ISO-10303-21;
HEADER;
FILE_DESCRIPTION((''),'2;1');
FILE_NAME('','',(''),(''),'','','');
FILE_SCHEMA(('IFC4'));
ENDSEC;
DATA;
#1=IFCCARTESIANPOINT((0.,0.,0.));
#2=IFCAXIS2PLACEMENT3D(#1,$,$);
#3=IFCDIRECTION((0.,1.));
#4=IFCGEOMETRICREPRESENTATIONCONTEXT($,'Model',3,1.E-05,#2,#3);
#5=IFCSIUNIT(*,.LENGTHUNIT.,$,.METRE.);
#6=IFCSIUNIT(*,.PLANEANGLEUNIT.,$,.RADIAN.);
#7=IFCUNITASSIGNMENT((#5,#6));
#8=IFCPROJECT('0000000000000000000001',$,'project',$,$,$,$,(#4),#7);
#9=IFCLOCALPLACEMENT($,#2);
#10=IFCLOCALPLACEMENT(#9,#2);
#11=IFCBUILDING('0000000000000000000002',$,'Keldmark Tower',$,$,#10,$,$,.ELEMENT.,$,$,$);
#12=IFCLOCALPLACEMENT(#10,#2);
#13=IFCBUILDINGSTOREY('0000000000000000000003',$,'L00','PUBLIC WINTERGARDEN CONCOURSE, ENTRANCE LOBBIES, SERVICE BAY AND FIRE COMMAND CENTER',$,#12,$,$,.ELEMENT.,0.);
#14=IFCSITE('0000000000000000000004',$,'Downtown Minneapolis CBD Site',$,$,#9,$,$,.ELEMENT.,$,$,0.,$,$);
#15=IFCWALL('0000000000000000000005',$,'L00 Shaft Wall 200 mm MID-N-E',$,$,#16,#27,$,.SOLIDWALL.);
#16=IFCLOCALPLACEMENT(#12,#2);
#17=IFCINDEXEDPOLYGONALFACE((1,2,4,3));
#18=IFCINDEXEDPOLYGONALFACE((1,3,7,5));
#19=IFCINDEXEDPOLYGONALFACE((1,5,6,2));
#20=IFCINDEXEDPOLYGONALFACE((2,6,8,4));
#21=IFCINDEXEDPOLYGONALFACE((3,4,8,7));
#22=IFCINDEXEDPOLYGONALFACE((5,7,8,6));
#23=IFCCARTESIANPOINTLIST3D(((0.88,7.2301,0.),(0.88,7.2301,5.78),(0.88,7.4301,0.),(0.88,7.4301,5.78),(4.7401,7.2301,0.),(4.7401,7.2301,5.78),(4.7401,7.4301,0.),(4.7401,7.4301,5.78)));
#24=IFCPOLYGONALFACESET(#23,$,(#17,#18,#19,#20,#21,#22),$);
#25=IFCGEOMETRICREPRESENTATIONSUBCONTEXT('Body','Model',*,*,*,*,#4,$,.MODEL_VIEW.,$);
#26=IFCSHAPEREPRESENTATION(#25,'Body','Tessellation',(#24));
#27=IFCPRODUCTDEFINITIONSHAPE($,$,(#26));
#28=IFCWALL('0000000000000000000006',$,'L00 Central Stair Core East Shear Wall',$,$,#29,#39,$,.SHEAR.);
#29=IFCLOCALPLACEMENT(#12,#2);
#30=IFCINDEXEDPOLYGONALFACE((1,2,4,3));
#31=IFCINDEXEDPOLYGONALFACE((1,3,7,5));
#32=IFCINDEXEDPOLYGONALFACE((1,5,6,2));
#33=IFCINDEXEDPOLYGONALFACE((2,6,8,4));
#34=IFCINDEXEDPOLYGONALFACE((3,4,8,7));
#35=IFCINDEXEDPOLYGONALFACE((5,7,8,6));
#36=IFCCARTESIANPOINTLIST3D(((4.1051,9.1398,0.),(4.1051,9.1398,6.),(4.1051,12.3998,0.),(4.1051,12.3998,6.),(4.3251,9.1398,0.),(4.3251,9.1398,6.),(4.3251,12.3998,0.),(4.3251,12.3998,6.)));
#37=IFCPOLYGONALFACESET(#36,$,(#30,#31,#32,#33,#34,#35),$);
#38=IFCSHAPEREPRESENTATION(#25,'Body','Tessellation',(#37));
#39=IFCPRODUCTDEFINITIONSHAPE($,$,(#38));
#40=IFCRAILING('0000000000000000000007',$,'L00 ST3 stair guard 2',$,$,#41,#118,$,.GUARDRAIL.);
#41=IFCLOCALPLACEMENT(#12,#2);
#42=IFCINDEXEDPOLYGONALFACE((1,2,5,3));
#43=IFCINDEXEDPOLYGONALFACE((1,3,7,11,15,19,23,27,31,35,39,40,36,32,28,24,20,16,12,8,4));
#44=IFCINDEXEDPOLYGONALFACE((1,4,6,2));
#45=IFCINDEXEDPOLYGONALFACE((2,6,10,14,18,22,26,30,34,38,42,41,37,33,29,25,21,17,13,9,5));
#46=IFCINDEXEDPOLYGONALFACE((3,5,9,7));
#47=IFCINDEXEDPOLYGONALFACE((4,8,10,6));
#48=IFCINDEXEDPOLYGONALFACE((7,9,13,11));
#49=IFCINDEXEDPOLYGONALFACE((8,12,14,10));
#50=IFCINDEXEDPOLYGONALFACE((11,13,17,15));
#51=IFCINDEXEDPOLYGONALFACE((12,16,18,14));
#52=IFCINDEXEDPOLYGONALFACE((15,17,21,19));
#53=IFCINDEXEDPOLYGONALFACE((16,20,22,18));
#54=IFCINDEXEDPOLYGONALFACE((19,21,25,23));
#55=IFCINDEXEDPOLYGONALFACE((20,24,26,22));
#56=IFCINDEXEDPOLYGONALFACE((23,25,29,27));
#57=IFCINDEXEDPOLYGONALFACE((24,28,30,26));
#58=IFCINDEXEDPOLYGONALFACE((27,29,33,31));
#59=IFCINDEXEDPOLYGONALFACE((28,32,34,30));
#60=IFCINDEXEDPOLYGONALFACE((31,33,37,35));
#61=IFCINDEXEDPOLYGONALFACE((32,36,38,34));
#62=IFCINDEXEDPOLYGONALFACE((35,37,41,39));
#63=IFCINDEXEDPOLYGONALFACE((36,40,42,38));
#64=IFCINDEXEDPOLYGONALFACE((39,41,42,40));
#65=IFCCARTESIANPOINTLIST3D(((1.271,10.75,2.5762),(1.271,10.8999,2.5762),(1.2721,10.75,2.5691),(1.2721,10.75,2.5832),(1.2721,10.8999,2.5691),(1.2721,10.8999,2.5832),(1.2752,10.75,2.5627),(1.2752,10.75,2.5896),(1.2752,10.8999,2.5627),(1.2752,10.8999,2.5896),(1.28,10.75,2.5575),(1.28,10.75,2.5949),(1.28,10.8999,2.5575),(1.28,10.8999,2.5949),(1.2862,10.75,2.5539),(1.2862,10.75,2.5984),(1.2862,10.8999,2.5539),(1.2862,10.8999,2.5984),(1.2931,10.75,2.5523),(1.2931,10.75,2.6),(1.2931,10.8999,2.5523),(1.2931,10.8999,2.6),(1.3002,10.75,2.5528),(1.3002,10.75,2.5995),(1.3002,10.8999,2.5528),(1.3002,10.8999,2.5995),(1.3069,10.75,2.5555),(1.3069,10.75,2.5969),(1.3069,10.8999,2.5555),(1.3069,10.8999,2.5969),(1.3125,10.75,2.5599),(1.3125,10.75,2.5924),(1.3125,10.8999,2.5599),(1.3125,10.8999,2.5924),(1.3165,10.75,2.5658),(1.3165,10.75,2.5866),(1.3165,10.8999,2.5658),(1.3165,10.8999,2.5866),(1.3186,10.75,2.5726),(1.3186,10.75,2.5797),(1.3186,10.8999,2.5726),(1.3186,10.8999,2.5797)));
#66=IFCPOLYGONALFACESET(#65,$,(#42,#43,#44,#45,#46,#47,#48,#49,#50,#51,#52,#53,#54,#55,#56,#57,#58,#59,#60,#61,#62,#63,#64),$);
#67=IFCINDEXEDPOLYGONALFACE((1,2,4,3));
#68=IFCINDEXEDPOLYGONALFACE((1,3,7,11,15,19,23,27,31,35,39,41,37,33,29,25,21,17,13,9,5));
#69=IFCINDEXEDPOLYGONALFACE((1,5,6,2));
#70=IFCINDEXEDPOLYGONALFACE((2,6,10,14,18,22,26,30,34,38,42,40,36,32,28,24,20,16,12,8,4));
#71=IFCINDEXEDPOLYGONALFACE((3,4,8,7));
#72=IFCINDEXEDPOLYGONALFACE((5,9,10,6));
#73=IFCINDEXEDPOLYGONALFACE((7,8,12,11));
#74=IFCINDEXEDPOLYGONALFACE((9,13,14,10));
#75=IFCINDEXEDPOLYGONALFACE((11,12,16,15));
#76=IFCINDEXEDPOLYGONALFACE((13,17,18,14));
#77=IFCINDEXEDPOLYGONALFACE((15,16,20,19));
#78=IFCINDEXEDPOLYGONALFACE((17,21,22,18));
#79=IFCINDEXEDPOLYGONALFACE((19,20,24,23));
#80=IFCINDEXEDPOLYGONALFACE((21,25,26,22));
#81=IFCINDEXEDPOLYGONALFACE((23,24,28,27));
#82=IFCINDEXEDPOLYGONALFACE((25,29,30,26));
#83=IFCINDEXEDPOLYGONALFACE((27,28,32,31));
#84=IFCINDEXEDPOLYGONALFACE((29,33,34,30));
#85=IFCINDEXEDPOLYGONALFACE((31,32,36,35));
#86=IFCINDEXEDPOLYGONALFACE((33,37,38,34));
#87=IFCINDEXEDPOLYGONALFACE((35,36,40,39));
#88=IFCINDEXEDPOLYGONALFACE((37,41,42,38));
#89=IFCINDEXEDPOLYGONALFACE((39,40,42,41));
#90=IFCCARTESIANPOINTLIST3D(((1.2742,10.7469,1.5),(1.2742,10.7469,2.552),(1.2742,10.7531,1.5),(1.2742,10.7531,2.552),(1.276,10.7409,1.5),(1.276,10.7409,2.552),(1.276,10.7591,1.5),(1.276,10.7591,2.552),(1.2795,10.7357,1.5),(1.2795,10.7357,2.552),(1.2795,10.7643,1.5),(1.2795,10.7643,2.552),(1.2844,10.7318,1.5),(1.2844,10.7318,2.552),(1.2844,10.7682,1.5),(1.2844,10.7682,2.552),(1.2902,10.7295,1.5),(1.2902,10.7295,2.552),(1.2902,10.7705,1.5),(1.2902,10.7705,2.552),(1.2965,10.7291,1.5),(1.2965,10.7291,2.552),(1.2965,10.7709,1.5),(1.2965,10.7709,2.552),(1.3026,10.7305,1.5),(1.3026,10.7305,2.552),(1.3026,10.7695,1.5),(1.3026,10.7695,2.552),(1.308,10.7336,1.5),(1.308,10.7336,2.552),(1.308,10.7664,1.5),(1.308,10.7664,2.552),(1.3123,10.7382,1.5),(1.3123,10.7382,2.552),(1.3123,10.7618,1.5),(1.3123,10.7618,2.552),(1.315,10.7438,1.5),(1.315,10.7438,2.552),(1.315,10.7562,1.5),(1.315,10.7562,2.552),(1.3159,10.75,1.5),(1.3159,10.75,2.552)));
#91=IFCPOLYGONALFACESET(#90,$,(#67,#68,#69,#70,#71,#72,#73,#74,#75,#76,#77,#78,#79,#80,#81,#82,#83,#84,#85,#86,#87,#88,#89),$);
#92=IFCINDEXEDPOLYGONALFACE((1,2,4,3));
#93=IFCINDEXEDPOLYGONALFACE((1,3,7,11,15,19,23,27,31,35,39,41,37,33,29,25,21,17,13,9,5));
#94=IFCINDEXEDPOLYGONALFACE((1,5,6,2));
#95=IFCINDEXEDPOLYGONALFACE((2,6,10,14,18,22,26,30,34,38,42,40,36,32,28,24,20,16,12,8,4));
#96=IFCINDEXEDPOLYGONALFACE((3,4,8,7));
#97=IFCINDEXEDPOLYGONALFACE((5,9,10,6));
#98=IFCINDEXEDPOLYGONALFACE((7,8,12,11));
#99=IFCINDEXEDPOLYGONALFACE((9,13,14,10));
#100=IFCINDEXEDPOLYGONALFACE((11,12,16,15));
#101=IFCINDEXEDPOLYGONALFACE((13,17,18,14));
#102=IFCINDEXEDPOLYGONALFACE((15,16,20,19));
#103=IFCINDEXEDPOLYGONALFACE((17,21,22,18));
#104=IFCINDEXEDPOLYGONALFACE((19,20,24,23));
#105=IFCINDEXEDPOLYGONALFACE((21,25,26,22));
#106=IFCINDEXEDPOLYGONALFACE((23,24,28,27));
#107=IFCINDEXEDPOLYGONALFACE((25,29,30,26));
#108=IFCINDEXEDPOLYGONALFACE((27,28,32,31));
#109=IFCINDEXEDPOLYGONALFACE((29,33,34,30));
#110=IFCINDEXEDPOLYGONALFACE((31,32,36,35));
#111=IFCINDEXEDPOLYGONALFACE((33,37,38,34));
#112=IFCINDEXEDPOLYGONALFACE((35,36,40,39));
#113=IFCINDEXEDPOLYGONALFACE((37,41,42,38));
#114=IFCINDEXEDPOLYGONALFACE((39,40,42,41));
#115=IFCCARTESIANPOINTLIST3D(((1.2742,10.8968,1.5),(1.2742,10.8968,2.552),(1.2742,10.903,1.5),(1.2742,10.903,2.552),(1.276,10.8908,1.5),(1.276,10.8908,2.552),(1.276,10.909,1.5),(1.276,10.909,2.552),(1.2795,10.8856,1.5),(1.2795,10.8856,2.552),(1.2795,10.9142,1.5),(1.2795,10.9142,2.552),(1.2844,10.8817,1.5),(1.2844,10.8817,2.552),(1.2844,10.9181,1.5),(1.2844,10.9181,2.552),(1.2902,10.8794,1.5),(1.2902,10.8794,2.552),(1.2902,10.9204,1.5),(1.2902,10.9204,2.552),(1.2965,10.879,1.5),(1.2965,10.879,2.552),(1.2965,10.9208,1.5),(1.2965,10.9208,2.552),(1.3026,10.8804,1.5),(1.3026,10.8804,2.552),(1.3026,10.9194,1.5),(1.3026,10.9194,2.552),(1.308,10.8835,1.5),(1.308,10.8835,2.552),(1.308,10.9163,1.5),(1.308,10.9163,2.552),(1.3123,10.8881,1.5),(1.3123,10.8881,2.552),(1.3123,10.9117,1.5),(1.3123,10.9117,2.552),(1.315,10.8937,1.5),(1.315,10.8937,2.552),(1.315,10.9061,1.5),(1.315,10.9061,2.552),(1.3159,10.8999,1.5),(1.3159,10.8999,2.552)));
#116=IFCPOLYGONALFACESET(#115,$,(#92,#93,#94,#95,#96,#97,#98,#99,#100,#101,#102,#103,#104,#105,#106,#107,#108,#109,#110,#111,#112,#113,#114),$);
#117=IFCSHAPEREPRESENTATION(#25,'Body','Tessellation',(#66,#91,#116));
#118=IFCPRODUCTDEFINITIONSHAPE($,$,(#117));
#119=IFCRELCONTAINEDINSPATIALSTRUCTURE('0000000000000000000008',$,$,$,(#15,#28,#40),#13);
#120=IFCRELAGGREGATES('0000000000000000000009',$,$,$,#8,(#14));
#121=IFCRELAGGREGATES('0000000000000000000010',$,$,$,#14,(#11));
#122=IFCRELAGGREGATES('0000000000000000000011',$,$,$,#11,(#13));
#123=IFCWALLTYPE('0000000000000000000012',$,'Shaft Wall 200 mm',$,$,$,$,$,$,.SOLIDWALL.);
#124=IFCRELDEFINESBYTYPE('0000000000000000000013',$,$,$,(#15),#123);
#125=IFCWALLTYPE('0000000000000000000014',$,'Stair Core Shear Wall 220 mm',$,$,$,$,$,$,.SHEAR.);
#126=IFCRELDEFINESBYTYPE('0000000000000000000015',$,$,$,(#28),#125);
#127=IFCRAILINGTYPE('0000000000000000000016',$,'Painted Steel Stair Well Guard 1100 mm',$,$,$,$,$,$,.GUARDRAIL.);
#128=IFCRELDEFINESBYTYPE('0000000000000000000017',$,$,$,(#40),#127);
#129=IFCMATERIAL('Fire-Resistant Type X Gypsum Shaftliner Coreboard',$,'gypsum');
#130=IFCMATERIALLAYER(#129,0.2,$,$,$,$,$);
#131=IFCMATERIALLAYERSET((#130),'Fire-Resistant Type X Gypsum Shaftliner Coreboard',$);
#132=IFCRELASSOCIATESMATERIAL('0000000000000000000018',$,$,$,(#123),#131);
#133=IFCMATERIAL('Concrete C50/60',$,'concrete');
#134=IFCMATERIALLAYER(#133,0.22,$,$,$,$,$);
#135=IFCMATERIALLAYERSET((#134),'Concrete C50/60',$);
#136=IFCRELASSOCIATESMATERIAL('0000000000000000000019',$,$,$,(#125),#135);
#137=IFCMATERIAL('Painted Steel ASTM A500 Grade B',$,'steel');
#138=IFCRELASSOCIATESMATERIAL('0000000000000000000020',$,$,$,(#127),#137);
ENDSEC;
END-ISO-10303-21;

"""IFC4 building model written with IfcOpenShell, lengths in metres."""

from ifc_helpers import new_model, si_unit, direction, frame, frame_2d, origin, origin_2d, place, context, subcontext, project, spatial, rectangle, circle, extrude, material, layer, layer_set, type_object, element, save


model = new_model("IFC4")

# Units and contexts
model_context = context("Model", 3, precision=1e-05, world=origin(), true_north=direction((0.0, 1.0)))
body_context = subcontext(model_context, "Body", "Model", "MODEL_VIEW")
ifc_project = project(units=[si_unit("LENGTHUNIT", "METRE"), si_unit("PLANEANGLEUNIT", "RADIAN")], contexts=[model_context])

# Site, building, storey
site_placement = place(None, origin())
site = spatial("IfcSite", under=ifc_project, at=site_placement, Name="Downtown Minneapolis CBD Site", CompositionType="ELEMENT", RefElevation=0.0)
building_placement = place(site_placement, origin())
building = spatial("IfcBuilding", under=site, at=building_placement, Name="Keldmark Tower", CompositionType="ELEMENT")
storey_placement = place(building_placement, origin())
storey = spatial("IfcBuildingStorey", under=building, at=storey_placement, Name="L00", Description="PUBLIC WINTERGARDEN CONCOURSE, ENTRANCE LOBBIES, SERVICE BAY AND FIRE COMMAND CENTER", CompositionType="ELEMENT", Elevation=0.0)

# Walls
ifc_material_1 = material(Name="Fire-Resistant Type X Gypsum Shaftliner Coreboard", Category="gypsum")
ifc_layer_1 = layer(ifc_material_1, 0.2)
ifc_layer_set_1 = layer_set([ifc_layer_1], Name="Fire-Resistant Type X Gypsum Shaftliner Coreboard")
wall_type_1 = type_object("IfcWallType", Name="Shaft Wall 200 mm", PredefinedType="SOLIDWALL", material=ifc_layer_set_1)
wall_1_placement = place(storey_placement, frame((0.8799, 7.3301, 0.0), z_axis=(0.0, 0.0, 1.0), x_axis=(1.0, 0.0, 0.0)))
element("IfcWall", 1, at=wall_1_placement, inside=storey, type_object=wall_type_1, Name="L00 Shaft Wall 200 mm MID-N-E", PredefinedType="SOLIDWALL", context=body_context, shape_type="SweptSolid", body=[
    extrude(rectangle(XDim=3.8601, YDim=0.2, at=frame_2d((1.9302, 0.0))), origin(), (0.0, 0.0, 1.0), 5.78),
])
ifc_material_2 = material(Name="Concrete C50/60", Category="concrete")
ifc_layer_2 = layer(ifc_material_2, 0.22)
ifc_layer_set_2 = layer_set([ifc_layer_2], Name="Concrete C50/60")
wall_type_2 = type_object("IfcWallType", Name="Stair Core Shear Wall 220 mm", PredefinedType="SHEAR", material=ifc_layer_set_2)
wall_2_placement = place(storey_placement, frame((4.2151, 9.1399, 0.0), z_axis=(0.0, 0.0, 1.0), x_axis=(0.0, 1.0, 0.0)))
element("IfcWall", 2, at=wall_2_placement, inside=storey, type_object=wall_type_2, Name="L00 Central Stair Core East Shear Wall", PredefinedType="SHEAR", context=body_context, shape_type="SweptSolid", body=[
    extrude(rectangle(XDim=3.26, YDim=0.22, at=frame_2d((1.6299, 0.0))), origin(), (0.0, 0.0, 1.0), 6.0),
])

# Railing
ifc_material_3 = material(Name="Painted Steel ASTM A500 Grade B", Category="steel")
railing_type = type_object("IfcRailingType", Name="Painted Steel Stair Well Guard 1100 mm", PredefinedType="GUARDRAIL", material=ifc_material_3)
railing_1_placement = place(storey_placement, frame((1.2949, 10.75, 1.5)))
element("IfcRailing", 3, at=railing_1_placement, inside=storey, type_object=railing_type, Name="L00 ST3 stair guard 2", PredefinedType="GUARDRAIL", context=body_context, shape_type="SweptSolid", body=[
    extrude(circle(Radius=0.0239, at=origin_2d()), frame((0.0, 0.0, 1.0762), z_axis=(0.0, 1.0, 0.0), x_axis=(-1.0, 0.0, 0.0)), (0.0, 0.0, 1.0), 0.1499),
    extrude(circle(Radius=0.021, at=origin_2d()), origin(), (0.0, 0.0, 1.0), 1.052),
    extrude(circle(Radius=0.021, at=origin_2d()), frame((0.0, 0.1499, 0.0)), (0.0, 0.0, 1.0), 1.052),
])

save(model, "model.ifc")
